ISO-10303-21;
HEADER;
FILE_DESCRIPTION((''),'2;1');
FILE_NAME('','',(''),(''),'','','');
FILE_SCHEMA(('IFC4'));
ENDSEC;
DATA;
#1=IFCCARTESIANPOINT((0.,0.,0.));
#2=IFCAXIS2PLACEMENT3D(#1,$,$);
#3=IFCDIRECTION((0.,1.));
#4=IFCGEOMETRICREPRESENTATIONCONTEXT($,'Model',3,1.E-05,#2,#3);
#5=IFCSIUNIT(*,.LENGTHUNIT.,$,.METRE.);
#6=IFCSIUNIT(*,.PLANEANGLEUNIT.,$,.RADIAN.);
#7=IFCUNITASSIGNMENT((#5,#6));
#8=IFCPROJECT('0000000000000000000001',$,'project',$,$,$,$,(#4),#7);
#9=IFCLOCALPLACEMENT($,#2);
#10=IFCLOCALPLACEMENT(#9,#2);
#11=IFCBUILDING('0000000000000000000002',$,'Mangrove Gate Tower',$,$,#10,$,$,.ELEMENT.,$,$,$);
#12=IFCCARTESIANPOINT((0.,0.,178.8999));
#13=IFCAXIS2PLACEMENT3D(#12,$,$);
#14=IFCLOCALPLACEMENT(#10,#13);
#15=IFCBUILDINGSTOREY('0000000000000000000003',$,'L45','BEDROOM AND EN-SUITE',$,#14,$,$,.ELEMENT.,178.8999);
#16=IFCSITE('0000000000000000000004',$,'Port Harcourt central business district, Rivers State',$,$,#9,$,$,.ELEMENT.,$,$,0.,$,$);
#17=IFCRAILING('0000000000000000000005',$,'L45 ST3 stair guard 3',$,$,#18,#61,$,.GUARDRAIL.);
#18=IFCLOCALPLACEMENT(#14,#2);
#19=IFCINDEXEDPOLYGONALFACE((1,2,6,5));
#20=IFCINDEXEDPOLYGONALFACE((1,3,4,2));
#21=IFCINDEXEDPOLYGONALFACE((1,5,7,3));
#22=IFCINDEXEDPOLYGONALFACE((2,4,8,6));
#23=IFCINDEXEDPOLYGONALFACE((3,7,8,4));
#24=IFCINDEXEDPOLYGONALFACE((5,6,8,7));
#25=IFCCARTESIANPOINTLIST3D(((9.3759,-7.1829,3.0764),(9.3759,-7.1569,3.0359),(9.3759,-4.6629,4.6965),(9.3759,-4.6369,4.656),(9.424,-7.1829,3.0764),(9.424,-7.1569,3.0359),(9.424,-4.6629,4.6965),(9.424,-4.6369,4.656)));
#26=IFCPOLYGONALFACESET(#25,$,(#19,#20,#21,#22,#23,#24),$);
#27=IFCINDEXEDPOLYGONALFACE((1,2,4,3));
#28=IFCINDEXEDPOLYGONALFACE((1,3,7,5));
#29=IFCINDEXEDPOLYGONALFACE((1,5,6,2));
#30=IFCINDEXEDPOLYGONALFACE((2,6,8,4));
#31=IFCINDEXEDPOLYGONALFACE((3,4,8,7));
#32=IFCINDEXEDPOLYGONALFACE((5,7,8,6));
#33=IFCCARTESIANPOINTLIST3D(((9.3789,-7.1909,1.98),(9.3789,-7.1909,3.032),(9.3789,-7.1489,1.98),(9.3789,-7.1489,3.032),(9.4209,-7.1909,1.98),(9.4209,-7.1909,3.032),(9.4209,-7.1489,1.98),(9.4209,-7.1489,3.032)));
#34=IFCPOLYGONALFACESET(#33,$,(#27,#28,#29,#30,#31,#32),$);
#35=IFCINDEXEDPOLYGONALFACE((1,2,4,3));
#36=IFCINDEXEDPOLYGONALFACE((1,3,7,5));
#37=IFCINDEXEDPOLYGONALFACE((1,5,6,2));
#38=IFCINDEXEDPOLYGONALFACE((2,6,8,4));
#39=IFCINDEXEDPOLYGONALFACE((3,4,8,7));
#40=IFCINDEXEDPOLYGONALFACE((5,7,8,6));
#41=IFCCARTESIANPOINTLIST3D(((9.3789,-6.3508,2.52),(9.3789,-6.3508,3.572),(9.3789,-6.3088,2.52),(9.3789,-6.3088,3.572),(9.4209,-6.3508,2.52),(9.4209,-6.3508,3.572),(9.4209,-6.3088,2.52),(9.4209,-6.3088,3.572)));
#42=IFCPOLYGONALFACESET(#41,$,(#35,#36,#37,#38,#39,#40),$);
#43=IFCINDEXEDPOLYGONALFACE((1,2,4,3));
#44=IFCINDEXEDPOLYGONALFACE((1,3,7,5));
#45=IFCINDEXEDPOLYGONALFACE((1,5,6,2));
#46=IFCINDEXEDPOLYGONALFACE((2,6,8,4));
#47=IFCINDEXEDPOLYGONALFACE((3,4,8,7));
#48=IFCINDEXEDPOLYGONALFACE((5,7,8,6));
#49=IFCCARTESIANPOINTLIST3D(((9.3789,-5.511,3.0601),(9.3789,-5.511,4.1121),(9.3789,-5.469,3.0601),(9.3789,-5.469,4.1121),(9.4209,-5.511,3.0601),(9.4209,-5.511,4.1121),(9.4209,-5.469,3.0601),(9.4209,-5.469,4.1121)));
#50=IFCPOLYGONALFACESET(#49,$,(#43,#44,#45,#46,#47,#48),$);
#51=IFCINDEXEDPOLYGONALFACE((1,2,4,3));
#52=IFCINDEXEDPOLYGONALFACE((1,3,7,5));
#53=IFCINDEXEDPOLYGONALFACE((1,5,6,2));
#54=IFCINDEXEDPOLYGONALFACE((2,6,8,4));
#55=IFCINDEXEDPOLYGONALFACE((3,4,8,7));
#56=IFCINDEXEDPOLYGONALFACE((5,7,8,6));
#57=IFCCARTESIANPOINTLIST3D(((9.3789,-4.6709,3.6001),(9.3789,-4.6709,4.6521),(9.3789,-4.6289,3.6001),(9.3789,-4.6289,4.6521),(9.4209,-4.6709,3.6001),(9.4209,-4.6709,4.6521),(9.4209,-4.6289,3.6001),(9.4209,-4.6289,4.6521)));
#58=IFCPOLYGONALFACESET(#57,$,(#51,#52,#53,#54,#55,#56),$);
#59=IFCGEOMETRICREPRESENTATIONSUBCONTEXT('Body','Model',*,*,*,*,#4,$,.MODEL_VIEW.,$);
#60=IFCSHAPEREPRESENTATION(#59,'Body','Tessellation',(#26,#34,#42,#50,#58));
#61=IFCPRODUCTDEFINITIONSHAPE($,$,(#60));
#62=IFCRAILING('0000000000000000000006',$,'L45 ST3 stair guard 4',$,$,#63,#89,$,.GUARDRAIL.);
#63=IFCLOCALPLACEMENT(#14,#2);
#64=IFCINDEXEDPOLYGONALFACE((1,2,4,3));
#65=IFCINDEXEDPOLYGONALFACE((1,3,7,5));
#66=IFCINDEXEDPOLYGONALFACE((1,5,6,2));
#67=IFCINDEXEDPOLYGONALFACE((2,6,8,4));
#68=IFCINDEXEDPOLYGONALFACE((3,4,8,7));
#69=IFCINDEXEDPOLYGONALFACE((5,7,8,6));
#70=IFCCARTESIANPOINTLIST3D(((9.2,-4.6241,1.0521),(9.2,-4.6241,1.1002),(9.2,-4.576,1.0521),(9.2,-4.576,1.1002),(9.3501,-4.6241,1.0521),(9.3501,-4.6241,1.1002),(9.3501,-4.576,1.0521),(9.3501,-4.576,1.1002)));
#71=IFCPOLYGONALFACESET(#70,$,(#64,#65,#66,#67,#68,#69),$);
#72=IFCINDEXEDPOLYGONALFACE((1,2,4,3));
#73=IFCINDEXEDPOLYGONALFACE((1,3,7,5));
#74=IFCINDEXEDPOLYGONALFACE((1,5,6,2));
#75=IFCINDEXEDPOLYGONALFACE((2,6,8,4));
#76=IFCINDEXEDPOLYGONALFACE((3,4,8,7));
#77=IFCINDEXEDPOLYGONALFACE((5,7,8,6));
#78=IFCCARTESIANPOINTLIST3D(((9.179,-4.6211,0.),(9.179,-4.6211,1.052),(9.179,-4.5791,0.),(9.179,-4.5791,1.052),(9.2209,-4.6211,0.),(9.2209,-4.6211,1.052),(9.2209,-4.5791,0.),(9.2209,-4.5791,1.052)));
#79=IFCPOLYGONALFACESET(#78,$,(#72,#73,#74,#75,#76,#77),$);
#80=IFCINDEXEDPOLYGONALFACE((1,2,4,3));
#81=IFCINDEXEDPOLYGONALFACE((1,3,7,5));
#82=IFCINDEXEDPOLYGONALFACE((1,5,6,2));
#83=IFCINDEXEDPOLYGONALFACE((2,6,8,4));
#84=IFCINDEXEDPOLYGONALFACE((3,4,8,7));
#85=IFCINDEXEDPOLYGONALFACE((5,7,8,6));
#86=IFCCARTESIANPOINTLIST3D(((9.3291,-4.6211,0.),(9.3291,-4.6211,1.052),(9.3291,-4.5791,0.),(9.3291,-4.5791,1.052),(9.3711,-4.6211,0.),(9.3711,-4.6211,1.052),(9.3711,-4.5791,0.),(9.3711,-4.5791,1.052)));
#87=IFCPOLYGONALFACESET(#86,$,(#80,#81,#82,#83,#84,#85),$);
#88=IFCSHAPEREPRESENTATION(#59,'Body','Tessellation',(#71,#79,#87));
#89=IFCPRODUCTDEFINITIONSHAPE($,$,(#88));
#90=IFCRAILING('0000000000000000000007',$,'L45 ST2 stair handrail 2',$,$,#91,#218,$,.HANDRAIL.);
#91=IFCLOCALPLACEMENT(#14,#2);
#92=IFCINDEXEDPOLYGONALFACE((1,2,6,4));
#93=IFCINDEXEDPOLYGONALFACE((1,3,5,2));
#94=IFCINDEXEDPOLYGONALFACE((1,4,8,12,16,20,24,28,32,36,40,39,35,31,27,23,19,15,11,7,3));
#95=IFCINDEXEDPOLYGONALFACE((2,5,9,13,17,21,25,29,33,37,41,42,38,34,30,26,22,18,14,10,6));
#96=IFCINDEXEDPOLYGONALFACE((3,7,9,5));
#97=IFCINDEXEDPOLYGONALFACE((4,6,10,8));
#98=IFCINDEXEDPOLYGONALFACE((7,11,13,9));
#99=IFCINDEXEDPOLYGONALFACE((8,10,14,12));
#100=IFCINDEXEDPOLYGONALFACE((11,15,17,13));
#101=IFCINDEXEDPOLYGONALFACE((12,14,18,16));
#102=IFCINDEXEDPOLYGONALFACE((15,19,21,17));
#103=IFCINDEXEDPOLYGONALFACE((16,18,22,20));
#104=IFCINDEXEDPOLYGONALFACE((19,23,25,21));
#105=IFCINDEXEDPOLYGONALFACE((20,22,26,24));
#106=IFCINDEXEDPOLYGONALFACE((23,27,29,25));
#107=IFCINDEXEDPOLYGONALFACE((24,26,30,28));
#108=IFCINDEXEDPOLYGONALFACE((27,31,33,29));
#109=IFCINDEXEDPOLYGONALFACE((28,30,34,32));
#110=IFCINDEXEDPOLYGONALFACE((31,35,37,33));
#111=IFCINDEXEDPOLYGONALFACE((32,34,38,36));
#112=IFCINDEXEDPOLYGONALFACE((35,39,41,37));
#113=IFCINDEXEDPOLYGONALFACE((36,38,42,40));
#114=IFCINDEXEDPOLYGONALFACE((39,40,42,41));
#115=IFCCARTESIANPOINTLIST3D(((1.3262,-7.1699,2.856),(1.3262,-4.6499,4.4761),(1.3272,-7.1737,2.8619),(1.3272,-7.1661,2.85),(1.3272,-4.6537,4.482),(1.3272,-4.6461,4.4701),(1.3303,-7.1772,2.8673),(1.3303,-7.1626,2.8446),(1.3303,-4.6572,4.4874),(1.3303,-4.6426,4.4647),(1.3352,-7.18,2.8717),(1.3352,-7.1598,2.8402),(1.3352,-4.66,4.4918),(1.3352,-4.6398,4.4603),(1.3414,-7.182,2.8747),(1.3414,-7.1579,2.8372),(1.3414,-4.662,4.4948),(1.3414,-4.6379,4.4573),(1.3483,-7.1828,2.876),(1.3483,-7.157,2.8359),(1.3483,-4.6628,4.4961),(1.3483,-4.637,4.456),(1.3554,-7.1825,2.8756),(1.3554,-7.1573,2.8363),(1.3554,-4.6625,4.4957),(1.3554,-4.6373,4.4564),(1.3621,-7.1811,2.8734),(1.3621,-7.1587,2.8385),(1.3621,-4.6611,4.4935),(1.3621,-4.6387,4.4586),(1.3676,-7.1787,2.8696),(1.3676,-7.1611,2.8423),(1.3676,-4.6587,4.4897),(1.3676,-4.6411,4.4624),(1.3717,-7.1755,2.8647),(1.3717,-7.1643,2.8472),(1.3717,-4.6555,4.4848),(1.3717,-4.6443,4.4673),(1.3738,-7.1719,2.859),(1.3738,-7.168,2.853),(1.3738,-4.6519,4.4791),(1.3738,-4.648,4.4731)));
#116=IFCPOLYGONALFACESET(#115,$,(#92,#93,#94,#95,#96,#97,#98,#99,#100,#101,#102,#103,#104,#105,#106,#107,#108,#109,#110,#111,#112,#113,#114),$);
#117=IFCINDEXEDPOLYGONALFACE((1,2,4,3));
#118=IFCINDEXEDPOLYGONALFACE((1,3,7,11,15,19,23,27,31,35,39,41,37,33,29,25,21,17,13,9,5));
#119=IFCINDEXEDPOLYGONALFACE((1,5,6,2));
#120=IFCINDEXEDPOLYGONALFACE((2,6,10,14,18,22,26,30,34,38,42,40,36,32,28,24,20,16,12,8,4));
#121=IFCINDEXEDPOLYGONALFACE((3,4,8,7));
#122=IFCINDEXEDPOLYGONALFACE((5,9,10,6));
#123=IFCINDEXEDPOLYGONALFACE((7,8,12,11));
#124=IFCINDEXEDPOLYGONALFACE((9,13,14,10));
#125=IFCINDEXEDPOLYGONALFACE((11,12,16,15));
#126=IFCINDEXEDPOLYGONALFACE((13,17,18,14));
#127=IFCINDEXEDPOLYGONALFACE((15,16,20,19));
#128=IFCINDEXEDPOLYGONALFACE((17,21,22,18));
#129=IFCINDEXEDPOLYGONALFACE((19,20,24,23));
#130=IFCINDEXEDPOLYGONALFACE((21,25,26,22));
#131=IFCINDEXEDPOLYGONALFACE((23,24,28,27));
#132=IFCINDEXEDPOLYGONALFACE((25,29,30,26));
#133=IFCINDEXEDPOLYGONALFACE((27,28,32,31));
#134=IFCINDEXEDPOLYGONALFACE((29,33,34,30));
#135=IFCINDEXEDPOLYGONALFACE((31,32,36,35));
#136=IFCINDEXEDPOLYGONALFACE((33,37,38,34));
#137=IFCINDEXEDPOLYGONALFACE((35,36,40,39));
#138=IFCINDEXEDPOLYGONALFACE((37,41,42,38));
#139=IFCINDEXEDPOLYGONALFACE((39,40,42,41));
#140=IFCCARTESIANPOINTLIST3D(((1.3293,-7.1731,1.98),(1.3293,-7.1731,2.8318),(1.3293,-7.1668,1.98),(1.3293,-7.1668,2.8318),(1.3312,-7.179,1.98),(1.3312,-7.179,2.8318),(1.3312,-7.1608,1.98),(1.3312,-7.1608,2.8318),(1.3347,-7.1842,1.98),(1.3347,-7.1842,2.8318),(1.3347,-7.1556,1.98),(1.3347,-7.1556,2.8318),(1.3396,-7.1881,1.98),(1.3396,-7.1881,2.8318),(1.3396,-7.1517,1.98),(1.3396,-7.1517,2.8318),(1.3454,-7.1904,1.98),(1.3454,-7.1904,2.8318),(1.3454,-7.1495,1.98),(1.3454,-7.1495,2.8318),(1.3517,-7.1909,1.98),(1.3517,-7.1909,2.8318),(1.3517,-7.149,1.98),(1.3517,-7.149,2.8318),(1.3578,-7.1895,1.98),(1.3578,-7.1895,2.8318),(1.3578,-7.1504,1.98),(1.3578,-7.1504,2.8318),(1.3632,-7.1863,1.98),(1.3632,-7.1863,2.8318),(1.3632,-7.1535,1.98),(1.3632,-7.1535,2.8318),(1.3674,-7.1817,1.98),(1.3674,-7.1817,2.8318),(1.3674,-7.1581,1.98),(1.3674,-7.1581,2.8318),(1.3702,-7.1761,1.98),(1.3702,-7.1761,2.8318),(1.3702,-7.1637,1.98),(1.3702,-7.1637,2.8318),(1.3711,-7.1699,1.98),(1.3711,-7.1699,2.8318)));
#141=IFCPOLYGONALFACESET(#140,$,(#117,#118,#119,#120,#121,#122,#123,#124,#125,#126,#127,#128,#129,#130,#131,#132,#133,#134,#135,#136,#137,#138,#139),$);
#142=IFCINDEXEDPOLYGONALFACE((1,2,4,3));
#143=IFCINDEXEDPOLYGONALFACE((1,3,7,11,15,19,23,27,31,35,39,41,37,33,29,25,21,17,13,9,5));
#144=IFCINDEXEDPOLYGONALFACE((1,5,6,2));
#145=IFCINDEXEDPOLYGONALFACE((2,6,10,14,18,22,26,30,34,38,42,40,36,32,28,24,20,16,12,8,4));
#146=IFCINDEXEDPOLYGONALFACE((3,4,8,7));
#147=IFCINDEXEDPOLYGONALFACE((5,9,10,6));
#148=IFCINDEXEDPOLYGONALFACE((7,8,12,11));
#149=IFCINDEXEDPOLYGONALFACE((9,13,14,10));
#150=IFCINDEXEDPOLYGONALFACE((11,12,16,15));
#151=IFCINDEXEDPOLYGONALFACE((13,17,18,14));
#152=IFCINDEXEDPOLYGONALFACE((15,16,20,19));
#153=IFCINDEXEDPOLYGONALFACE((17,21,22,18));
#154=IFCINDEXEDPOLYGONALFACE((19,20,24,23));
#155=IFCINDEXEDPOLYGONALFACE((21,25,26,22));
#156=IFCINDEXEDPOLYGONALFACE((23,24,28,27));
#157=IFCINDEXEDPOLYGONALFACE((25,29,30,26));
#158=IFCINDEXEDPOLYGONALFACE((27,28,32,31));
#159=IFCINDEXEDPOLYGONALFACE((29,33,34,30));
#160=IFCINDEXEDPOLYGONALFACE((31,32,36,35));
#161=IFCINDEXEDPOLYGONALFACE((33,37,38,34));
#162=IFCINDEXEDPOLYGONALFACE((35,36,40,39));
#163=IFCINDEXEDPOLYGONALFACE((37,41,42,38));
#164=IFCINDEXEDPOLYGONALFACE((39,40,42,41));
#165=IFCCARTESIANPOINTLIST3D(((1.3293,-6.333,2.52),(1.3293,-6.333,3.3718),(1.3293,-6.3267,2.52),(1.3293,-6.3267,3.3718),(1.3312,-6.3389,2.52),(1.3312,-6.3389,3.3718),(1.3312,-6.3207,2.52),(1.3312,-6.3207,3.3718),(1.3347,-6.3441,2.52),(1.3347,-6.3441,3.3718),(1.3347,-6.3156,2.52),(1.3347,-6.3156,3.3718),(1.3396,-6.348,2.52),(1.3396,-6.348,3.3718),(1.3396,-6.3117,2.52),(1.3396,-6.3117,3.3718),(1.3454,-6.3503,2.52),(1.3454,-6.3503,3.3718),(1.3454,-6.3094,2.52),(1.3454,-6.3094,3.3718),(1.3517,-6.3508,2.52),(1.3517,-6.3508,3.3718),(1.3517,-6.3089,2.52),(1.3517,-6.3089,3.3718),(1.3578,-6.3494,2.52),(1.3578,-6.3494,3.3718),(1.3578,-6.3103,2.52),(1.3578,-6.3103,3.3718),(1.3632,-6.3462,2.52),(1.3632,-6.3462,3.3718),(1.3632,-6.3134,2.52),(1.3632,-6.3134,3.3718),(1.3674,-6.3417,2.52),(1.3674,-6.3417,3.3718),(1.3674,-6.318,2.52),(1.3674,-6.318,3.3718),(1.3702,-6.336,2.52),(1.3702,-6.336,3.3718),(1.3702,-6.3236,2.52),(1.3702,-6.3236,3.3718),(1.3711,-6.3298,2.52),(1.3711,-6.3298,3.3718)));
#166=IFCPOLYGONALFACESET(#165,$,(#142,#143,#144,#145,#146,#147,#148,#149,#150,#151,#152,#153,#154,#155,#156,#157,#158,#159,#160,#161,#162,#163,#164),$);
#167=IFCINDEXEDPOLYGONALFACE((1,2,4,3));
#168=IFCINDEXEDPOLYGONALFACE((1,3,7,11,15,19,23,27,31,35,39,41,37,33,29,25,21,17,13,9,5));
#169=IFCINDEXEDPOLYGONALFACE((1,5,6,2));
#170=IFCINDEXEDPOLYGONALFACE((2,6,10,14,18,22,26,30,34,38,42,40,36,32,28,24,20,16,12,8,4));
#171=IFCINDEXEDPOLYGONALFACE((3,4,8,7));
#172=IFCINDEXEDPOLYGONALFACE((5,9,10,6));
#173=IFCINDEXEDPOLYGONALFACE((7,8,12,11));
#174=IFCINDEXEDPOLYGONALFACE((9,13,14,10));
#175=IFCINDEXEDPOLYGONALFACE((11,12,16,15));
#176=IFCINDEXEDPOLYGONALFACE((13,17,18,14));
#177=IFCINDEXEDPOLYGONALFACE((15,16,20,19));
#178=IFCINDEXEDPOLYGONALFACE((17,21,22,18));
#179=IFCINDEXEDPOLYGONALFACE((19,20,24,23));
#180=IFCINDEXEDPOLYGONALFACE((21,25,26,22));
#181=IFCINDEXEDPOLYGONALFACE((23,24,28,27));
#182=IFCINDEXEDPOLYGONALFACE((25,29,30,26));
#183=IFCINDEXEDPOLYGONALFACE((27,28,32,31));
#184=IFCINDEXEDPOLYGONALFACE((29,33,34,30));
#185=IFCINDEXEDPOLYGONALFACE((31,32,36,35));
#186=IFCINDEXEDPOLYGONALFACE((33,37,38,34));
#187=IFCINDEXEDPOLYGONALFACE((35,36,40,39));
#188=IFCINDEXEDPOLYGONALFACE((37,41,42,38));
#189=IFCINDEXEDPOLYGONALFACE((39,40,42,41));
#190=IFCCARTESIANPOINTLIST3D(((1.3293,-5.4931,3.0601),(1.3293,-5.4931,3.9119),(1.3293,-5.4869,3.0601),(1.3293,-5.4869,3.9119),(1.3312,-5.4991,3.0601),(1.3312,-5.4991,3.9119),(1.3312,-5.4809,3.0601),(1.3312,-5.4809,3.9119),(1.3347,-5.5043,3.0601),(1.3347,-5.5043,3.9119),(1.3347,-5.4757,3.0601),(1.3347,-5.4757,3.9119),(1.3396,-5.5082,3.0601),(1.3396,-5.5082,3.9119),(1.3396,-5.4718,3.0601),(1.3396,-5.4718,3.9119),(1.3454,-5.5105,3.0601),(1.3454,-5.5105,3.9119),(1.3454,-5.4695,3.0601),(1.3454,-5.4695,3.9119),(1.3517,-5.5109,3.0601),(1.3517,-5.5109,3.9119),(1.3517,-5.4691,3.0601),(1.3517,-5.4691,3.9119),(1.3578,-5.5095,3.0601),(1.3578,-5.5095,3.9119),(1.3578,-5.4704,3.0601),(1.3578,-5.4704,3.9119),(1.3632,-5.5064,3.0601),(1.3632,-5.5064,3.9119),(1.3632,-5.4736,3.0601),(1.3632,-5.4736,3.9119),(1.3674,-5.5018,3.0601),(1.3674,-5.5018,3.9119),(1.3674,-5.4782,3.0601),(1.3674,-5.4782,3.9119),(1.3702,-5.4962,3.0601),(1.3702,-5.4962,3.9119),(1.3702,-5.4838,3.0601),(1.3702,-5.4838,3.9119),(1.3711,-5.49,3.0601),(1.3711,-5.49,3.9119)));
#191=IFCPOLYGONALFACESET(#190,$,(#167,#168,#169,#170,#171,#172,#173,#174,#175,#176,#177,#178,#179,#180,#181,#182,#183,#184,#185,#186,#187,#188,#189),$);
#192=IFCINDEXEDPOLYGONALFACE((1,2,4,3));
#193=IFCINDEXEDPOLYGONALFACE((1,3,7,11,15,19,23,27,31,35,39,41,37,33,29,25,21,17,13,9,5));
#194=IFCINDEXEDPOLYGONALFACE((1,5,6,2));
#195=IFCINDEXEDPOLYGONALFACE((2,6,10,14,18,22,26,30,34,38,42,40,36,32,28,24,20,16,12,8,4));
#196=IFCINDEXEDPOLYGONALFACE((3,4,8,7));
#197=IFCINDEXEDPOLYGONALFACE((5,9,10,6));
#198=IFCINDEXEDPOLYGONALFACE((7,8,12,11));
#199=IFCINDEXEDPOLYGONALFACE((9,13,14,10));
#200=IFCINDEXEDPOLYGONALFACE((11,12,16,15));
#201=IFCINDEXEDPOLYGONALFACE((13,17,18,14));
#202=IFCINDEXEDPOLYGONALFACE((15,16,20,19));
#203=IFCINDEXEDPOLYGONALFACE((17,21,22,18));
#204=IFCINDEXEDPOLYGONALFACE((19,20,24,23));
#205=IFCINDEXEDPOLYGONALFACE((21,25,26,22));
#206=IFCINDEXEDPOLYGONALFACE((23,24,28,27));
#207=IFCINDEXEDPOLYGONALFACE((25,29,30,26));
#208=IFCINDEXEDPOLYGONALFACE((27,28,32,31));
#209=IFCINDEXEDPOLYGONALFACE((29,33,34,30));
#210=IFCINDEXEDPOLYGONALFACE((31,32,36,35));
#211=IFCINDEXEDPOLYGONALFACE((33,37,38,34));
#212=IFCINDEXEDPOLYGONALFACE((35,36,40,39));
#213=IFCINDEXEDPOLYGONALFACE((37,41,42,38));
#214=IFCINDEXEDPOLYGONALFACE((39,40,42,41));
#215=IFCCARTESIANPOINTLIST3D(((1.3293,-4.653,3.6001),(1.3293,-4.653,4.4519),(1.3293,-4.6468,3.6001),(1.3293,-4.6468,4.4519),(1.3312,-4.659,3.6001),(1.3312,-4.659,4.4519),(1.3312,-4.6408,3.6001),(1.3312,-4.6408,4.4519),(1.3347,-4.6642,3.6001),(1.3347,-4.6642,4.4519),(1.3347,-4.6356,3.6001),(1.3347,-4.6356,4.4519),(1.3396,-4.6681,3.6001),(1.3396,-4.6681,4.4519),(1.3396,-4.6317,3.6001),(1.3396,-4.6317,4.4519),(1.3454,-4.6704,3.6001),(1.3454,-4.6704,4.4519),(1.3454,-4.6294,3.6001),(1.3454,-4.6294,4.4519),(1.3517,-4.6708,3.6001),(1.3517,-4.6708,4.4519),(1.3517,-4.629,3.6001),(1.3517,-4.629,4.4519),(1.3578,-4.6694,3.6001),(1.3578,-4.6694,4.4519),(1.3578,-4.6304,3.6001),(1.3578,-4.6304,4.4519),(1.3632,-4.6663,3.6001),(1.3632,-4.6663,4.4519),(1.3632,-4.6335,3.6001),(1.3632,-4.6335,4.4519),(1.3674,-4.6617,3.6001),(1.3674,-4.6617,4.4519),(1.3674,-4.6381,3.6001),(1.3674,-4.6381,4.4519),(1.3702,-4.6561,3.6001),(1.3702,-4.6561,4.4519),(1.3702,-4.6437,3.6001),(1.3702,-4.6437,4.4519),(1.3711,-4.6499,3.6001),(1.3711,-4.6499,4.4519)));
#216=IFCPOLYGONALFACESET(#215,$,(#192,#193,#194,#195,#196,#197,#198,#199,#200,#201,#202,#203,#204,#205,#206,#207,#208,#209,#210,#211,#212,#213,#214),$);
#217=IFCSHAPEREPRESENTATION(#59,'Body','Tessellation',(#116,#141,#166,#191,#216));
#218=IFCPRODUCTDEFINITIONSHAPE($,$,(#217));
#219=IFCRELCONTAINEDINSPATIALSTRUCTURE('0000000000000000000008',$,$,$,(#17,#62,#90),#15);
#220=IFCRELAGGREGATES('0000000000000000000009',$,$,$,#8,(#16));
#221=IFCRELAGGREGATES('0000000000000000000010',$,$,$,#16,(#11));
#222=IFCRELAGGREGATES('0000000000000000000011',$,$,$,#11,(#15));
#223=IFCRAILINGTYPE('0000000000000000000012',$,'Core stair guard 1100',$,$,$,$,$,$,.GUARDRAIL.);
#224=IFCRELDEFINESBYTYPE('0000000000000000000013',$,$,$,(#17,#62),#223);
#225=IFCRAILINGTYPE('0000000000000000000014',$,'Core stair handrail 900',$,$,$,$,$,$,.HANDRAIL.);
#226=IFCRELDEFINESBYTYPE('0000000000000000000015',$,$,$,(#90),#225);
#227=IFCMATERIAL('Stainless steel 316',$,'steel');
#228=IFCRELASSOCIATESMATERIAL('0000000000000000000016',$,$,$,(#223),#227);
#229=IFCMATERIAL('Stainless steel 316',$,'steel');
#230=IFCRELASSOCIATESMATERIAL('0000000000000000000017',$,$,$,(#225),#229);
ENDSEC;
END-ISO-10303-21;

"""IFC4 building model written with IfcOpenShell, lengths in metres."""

from ifc_helpers import new_model, si_unit, direction, frame, origin, origin_2d, place, context, subcontext, project, spatial, rectangle, circle, extrude, material, type_object, element, save


model = new_model("IFC4")

# Units and contexts
model_context = context("Model", 3, precision=1e-05, world=origin(), true_north=direction((0.0, 1.0)))
body_context = subcontext(model_context, "Body", "Model", "MODEL_VIEW")
ifc_project = project(units=[si_unit("LENGTHUNIT", "METRE"), si_unit("PLANEANGLEUNIT", "RADIAN")], contexts=[model_context])

# Site, building, storey
site_placement = place(None, origin())
site = spatial("IfcSite", under=ifc_project, at=site_placement, Name="Port Harcourt central business district, Rivers State", CompositionType="ELEMENT", RefElevation=0.0)
building_placement = place(site_placement, origin())
building = spatial("IfcBuilding", under=site, at=building_placement, Name="Mangrove Gate Tower", CompositionType="ELEMENT")
storey_placement = place(building_placement, frame((0.0, 0.0, 178.8999)))
storey = spatial("IfcBuildingStorey", under=building, at=storey_placement, Name="L45", Description="BEDROOM AND EN-SUITE", CompositionType="ELEMENT", Elevation=178.8999)

# Railings
ifc_material_1 = material(Name="Stainless steel 316", Category="steel")
railing_type_1 = type_object("IfcRailingType", Name="Core stair guard 1100", PredefinedType="GUARDRAIL", material=ifc_material_1)
railing_1_placement = place(storey_placement, frame((9.3999, -7.1699, 1.98)))
element("IfcRailing", 1, at=railing_1_placement, inside=storey, type_object=railing_type_1, Name="L45 ST3 stair guard 3", PredefinedType="GUARDRAIL", context=body_context, shape_type="SweptSolid", body=[
    extrude(rectangle(XDim=0.0481, YDim=0.0481, at=origin_2d()), frame((0.0, 0.0, 1.0762), z_axis=(0.0, 0.841163, 0.540782), x_axis=(-1.0, 0.0, 0.0)), (0.0, 0.0, 1.0), 2.9958),
    extrude(rectangle(XDim=0.042, YDim=0.042, at=origin_2d()), origin(), (0.0, 0.0, 1.0), 1.052),
    extrude(rectangle(XDim=0.042, YDim=0.042, at=origin_2d()), frame((0.0, 0.8401, 0.54)), (0.0, 0.0, 1.0), 1.052),
    extrude(rectangle(XDim=0.042, YDim=0.042, at=origin_2d()), frame((0.0, 1.6799, 1.0801)), (0.0, 0.0, 1.0), 1.052),
    extrude(rectangle(XDim=0.042, YDim=0.042, at=origin_2d()), frame((0.0, 2.52, 1.6201)), (0.0, 0.0, 1.0), 1.052),
])
railing_2_placement = place(storey_placement, frame((9.2, -4.6001, 0.0)))
element("IfcRailing", 2, at=railing_2_placement, inside=storey, type_object=railing_type_1, Name="L45 ST3 stair guard 4", PredefinedType="GUARDRAIL", context=body_context, shape_type="SweptSolid", body=[
    extrude(rectangle(XDim=0.0481, YDim=0.0481, at=origin_2d()), frame((0.0, 0.0, 1.0762), z_axis=(1.0, 0.0, 0.0), x_axis=(0.0, 1.0, 0.0)), (0.0, 0.0, 1.0), 0.1501),
    extrude(rectangle(XDim=0.042, YDim=0.042, at=origin_2d()), origin(), (0.0, 0.0, 1.0), 1.052),
    extrude(rectangle(XDim=0.042, YDim=0.042, at=origin_2d()), frame((0.1501, 0.0, 0.0)), (0.0, 0.0, 1.0), 1.052),
])
ifc_material_2 = material(Name="Stainless steel 316", Category="steel")
railing_type_2 = type_object("IfcRailingType", Name="Core stair handrail 900", PredefinedType="HANDRAIL", material=ifc_material_2)
railing_3_placement = place(storey_placement, frame((1.3501, -7.1699, 1.98)))
element("IfcRailing", 3, at=railing_3_placement, inside=storey, type_object=railing_type_2, Name="L45 ST2 stair handrail 2", PredefinedType="HANDRAIL", context=body_context, shape_type="SweptSolid", body=[
    extrude(circle(Radius=0.0239, at=origin_2d()), frame((0.0, 0.0, 0.876), z_axis=(0.0, 0.841163, 0.540782), x_axis=(-1.0, 0.0, 0.0)), (0.0, 0.0, 1.0), 2.9958),
    extrude(circle(Radius=0.021, at=origin_2d()), origin(), (0.0, 0.0, 1.0), 0.8518),
    extrude(circle(Radius=0.021, at=origin_2d()), frame((0.0, 0.8401, 0.54)), (0.0, 0.0, 1.0), 0.8518),
    extrude(circle(Radius=0.021, at=origin_2d()), frame((0.0, 1.6799, 1.0801)), (0.0, 0.0, 1.0), 0.8518),
    extrude(circle(Radius=0.021, at=origin_2d()), frame((0.0, 2.52, 1.6201)), (0.0, 0.0, 1.0), 0.8518),
])

save(model, "model.ifc")
